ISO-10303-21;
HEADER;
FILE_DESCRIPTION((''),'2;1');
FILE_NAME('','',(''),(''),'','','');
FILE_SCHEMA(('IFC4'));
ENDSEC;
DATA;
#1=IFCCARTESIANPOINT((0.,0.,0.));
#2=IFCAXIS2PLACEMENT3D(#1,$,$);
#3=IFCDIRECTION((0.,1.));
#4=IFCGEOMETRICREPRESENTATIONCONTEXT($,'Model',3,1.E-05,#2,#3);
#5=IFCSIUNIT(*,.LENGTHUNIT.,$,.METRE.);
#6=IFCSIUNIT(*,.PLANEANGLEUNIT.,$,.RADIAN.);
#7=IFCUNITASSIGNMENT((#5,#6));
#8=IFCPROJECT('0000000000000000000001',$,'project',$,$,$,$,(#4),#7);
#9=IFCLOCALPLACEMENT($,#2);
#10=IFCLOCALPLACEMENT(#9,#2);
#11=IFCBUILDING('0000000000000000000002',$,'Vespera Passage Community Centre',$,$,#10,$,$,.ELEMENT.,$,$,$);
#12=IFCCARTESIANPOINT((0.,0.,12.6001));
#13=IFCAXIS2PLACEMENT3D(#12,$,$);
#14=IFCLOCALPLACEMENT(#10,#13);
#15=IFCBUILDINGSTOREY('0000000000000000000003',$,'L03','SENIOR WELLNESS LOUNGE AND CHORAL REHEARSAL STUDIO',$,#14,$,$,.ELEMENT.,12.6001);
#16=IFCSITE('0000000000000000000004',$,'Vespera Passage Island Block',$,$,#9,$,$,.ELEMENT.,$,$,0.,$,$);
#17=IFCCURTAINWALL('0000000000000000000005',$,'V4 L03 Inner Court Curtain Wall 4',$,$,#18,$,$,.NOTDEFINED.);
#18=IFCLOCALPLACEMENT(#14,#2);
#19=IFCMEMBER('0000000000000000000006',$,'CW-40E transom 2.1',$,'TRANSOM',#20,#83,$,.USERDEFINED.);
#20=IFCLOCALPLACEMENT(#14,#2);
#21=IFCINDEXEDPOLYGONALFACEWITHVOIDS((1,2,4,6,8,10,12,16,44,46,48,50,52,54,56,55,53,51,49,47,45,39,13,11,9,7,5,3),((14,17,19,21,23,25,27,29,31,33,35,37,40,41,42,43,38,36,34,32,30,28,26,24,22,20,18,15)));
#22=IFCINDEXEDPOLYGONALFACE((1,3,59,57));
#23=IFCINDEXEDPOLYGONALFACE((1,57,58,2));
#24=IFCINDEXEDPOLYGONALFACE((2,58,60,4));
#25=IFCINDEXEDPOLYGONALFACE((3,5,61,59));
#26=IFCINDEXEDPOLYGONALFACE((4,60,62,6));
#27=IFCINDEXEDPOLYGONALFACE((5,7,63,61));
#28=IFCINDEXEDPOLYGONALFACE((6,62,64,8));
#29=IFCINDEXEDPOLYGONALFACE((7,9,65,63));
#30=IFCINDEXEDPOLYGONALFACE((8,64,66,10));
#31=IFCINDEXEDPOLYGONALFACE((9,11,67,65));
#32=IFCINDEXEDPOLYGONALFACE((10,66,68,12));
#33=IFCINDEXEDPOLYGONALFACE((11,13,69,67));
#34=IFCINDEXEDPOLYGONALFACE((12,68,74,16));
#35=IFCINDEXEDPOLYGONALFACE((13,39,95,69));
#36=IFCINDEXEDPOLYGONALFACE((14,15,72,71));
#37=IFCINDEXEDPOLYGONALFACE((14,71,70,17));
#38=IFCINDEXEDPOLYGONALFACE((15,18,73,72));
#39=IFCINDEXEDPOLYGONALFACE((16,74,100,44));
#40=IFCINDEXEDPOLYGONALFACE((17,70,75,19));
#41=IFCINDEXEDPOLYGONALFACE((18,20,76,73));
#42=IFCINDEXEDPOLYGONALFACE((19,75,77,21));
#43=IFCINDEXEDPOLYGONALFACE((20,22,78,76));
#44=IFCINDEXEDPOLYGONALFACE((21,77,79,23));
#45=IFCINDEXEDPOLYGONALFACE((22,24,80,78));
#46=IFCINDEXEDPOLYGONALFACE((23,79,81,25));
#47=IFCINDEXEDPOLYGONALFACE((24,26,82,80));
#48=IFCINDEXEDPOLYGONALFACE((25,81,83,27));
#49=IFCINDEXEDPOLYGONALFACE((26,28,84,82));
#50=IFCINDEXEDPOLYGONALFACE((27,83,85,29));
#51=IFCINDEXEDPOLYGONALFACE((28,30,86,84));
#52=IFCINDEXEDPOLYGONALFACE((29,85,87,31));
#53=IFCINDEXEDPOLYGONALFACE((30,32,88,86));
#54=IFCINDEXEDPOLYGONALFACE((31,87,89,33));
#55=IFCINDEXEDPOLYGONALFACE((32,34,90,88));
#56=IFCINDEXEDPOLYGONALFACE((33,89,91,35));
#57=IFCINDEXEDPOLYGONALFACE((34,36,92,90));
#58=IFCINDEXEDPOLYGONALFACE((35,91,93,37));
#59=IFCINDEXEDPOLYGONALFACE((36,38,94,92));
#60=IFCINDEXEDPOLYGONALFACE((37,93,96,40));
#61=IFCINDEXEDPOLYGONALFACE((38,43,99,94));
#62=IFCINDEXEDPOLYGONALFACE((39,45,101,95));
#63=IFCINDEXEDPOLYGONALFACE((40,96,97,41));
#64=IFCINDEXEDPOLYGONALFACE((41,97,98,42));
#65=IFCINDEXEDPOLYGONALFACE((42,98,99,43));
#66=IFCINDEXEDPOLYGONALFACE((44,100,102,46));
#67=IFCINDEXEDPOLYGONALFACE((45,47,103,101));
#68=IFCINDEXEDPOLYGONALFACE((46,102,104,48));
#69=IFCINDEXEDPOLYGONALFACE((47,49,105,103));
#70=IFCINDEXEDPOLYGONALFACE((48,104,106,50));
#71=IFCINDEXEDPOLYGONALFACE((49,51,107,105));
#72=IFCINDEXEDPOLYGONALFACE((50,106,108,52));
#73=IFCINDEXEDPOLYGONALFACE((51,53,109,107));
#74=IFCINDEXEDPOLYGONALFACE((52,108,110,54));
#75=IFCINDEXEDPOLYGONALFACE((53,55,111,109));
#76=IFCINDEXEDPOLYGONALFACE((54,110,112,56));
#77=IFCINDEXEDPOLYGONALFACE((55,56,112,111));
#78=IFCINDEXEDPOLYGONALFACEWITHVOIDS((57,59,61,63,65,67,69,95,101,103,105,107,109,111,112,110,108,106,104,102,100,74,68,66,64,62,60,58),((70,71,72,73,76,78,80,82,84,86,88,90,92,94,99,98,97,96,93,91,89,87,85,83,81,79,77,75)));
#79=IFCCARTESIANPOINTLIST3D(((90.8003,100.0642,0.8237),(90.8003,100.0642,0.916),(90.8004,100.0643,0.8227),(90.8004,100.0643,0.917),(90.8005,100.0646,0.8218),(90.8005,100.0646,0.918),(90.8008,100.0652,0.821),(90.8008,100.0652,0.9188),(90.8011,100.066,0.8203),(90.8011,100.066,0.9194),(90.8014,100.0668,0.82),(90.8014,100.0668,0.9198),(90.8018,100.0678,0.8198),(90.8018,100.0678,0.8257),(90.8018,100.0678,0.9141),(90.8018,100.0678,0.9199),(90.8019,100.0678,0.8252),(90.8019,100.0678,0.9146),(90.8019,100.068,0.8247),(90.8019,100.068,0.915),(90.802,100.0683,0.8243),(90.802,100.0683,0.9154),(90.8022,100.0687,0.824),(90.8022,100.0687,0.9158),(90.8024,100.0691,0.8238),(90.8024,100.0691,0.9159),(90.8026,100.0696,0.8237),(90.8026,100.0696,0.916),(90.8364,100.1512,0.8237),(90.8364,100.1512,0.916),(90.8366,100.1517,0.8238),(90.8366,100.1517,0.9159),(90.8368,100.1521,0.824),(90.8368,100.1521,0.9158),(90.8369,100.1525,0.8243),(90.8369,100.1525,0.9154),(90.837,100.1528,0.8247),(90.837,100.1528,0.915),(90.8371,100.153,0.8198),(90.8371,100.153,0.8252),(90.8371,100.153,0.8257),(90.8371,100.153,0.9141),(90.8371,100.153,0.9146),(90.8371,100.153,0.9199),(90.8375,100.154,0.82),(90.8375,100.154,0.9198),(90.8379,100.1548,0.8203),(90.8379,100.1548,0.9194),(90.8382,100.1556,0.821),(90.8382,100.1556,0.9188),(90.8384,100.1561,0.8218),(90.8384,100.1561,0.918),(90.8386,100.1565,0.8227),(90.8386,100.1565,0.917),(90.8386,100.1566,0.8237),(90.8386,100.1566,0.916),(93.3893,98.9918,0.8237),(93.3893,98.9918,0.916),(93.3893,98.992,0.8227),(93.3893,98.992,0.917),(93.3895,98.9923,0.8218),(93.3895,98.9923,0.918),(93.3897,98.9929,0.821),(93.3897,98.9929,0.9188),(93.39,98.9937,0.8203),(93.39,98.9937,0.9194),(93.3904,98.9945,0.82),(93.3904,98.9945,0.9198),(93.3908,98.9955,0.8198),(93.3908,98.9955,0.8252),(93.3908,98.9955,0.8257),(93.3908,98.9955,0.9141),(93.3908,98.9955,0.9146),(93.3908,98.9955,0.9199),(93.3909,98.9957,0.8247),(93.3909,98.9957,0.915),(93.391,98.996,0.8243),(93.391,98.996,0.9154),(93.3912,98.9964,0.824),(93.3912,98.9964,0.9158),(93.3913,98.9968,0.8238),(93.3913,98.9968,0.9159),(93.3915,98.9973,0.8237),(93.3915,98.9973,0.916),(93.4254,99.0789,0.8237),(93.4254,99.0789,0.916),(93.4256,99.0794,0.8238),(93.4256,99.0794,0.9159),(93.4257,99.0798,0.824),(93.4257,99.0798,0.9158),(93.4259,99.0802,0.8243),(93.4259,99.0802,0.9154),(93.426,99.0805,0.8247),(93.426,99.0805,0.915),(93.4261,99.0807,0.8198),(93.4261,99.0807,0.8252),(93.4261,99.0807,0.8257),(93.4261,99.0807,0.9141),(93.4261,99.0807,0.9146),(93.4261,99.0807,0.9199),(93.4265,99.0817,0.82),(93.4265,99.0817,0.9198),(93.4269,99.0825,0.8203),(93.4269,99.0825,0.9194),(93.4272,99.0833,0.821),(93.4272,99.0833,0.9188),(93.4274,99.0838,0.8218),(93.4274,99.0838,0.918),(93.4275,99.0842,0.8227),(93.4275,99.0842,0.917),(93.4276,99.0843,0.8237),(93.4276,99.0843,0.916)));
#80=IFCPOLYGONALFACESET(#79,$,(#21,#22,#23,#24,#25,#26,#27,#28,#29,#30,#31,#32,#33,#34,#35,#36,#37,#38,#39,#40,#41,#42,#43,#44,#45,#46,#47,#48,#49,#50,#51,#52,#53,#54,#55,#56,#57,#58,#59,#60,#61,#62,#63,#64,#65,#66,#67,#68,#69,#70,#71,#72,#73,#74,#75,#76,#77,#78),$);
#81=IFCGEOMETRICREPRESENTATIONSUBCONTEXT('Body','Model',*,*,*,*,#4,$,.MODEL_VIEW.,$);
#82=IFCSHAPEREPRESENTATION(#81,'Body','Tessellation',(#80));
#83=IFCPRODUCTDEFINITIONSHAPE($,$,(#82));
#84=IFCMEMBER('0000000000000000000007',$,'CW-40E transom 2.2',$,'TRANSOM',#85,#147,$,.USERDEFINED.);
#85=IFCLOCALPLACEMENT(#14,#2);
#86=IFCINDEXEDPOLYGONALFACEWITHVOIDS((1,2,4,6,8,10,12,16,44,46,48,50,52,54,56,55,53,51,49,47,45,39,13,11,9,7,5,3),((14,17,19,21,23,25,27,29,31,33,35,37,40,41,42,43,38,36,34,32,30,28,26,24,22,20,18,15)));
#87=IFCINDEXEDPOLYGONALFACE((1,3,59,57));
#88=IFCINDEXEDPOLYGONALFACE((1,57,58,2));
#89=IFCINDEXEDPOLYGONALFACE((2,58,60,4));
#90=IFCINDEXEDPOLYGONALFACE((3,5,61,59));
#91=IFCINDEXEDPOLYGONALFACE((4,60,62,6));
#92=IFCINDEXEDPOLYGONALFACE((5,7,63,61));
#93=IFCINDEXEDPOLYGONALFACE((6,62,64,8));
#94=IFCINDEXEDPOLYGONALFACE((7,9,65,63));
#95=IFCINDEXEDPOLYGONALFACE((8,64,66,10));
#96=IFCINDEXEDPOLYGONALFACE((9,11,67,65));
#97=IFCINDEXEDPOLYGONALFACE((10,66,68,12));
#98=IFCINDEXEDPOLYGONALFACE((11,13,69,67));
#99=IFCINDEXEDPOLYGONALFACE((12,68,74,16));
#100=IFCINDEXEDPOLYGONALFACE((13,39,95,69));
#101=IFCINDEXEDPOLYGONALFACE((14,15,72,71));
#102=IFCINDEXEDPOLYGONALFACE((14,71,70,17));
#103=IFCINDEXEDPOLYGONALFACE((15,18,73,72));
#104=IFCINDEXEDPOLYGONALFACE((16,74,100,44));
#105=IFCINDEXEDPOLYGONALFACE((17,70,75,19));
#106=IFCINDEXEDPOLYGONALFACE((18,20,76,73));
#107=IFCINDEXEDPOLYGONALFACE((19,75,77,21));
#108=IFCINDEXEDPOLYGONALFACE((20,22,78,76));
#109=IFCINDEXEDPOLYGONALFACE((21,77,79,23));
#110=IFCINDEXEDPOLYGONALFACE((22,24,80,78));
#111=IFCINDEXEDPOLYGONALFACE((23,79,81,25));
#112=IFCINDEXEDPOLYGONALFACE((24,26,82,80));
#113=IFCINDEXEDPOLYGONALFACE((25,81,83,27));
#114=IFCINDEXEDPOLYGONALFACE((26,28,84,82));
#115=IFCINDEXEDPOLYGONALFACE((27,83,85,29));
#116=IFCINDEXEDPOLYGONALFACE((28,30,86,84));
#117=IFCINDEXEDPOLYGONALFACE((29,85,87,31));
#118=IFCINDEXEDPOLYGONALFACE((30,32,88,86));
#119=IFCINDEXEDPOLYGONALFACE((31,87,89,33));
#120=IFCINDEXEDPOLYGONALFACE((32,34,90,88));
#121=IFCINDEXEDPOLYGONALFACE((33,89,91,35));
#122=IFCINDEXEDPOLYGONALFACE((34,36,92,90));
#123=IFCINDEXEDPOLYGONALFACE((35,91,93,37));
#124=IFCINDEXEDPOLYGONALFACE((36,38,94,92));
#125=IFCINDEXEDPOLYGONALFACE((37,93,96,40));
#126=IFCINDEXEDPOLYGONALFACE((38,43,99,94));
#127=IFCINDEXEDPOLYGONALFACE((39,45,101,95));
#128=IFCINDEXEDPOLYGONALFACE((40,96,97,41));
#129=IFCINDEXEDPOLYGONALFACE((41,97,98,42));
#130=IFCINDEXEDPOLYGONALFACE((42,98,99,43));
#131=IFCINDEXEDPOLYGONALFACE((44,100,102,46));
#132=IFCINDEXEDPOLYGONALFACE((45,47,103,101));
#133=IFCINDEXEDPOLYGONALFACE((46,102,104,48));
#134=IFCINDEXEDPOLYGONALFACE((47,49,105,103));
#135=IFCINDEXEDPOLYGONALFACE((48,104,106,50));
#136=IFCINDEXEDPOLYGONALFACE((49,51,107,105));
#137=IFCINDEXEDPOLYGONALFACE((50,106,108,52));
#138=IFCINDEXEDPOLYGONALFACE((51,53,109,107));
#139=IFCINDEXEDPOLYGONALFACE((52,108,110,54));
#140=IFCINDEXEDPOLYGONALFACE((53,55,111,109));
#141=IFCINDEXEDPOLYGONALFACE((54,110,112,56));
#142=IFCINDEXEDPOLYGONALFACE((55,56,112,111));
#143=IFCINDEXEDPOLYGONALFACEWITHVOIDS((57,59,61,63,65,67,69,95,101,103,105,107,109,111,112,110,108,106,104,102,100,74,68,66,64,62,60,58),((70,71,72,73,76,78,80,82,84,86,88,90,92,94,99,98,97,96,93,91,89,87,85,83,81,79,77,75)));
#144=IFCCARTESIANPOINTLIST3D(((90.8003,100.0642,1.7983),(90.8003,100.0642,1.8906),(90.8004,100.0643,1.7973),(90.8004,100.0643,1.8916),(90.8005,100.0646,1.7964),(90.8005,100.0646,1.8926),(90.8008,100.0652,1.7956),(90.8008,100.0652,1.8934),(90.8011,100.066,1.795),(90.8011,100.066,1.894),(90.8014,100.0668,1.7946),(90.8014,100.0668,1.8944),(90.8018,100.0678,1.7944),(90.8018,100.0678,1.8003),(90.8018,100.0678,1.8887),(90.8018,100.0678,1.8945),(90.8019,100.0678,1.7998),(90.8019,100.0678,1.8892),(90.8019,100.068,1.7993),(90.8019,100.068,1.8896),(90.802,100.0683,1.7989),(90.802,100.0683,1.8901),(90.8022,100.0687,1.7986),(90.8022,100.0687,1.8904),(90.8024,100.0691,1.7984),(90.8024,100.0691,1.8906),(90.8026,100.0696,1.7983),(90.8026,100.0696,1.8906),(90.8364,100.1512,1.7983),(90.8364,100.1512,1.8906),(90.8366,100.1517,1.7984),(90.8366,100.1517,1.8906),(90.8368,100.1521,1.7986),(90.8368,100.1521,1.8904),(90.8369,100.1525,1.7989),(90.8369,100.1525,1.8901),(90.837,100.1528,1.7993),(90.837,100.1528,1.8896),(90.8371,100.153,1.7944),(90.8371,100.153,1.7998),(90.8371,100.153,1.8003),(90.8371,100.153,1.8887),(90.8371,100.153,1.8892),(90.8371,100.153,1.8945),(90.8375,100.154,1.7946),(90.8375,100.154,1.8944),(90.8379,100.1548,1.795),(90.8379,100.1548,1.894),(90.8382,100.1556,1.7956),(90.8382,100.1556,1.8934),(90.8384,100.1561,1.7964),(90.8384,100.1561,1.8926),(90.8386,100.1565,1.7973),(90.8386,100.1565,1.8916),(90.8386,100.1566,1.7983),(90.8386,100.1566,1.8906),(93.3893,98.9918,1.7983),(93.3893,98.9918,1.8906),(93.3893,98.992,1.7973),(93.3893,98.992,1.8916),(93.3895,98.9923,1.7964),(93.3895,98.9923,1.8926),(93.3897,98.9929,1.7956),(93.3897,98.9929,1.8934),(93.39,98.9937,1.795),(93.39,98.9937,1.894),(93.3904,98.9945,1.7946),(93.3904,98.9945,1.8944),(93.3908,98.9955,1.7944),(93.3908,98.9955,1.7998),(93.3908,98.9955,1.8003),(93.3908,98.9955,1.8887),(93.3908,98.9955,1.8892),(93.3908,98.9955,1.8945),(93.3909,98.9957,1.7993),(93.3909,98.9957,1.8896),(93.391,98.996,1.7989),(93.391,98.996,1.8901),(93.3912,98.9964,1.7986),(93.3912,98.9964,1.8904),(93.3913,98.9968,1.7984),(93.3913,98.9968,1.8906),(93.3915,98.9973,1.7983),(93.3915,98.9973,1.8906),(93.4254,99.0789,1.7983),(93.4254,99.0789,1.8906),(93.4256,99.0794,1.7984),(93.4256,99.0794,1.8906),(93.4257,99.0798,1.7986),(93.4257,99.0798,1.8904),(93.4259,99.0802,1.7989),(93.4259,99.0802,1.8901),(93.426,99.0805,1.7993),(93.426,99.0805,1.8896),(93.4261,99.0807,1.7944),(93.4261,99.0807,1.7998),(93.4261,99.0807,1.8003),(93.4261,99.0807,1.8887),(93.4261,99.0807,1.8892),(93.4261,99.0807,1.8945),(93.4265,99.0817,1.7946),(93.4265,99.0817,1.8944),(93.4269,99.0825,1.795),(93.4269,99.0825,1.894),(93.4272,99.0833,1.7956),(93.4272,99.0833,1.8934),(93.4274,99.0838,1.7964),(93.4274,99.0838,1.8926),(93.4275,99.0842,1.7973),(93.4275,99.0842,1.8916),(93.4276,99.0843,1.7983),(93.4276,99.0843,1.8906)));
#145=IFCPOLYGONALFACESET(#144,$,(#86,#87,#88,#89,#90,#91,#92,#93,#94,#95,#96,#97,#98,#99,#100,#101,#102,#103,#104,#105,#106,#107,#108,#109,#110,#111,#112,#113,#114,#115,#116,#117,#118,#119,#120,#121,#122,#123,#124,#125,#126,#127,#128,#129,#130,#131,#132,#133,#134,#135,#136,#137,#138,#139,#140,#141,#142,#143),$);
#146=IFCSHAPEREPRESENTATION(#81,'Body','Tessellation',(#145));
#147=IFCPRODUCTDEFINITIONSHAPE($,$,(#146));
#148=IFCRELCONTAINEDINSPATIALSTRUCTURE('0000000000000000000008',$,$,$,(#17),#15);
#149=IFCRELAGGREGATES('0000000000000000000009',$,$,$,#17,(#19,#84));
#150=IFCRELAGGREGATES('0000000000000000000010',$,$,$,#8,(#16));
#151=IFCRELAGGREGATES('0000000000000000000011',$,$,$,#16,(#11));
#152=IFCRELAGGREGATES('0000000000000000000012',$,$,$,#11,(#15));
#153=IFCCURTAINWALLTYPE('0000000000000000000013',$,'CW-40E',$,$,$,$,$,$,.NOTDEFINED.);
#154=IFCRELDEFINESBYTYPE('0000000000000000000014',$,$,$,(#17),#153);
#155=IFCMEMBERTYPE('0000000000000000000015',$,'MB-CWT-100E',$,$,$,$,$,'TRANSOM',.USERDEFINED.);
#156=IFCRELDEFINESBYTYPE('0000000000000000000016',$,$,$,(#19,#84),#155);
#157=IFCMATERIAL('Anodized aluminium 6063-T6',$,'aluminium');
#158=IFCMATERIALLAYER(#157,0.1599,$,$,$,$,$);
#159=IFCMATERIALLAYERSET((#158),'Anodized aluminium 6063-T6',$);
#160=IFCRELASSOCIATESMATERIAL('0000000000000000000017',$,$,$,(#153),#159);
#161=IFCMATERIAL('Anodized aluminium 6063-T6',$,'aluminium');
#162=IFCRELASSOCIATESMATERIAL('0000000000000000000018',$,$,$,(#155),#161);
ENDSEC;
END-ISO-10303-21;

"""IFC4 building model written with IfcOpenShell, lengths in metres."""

from ifc_helpers import new_model, si_unit, direction, frame, origin, origin_2d, place, context, subcontext, project, spatial, hollow_rectangle, extrude, material, layer, layer_set, material_profile, profile_set, type_object, element, aggregate, save


model = new_model("IFC4")

# Units and contexts
model_context = context("Model", 3, precision=1e-05, world=origin(), true_north=direction((0.0, 1.0)))
body_context = subcontext(model_context, "Body", "Model", "MODEL_VIEW")
ifc_project = project(units=[si_unit("LENGTHUNIT", "METRE"), si_unit("PLANEANGLEUNIT", "RADIAN")], contexts=[model_context])

# Site, building, storey
site_placement = place(None, origin())
site = spatial("IfcSite", under=ifc_project, at=site_placement, Name="Vespera Passage Island Block", CompositionType="ELEMENT", RefElevation=0.0)
building_placement = place(site_placement, origin())
building = spatial("IfcBuilding", under=site, at=building_placement, Name="Vespera Passage Community Centre", CompositionType="ELEMENT")
storey_placement = place(building_placement, frame((0.0, 0.0, 12.6001)))
storey = spatial("IfcBuildingStorey", under=building, at=storey_placement, Name="L03", Description="SENIOR WELLNESS LOUNGE AND CHORAL REHEARSAL STUDIO", CompositionType="ELEMENT", Elevation=12.6001)

# Curtain wall, members
ifc_material_1 = material(Name="Anodized aluminium 6063-T6", Category="aluminium")
ifc_layer_1 = layer(ifc_material_1, 0.1599)
ifc_layer_set_1 = layer_set([ifc_layer_1], Name="Anodized aluminium 6063-T6")
curtain_wall_type = type_object("IfcCurtainWallType", Name="CW-40E", PredefinedType="NOTDEFINED", material=ifc_layer_set_1)
curtain_wall_placement = place(storey_placement, origin())
curtain_wall = element("IfcCurtainWall", 1, at=curtain_wall_placement, inside=storey, type_object=curtain_wall_type, Name="V4 L03 Inner Court Curtain Wall 4", PredefinedType="NOTDEFINED")
ifc_material_2 = material(Name="Anodized aluminium 6063-T6", Category="aluminium")
ifc_material_profile_1 = material_profile(ifc_material_2, hollow_rectangle(XDim=0.1001, YDim=0.1001, WallThickness=0.0039, InnerFilletRadius=0.002, OuterFilletRadius=0.0039, at=origin_2d()), Name="ALU100X100X4")
ifc_profile_set_1 = profile_set([ifc_material_profile_1], Name="Anodized aluminium 6063-T6")
member_type_1 = type_object("IfcMemberType", Name="MB-CWT-100E", ElementType="TRANSOM", PredefinedType="USERDEFINED", material=ifc_profile_set_1)
member_1_placement = place(storey_placement, frame((93.4084, 99.0381, 0.8699), z_axis=(-0.923889, 0.38266, 0.0), x_axis=(-0.38266, -0.923889, 0.0)))
member_1 = element("IfcMember", 2, at=member_1_placement, type_object=member_type_1, Name="CW-40E transom 2.1", ObjectType="TRANSOM", PredefinedType="USERDEFINED", context=body_context, shape_type="SweptSolid", body=[
    extrude(hollow_rectangle(XDim=0.1001, YDim=0.1001, WallThickness=0.0039, InnerFilletRadius=0.002, OuterFilletRadius=0.0039, at=origin_2d()), origin(), (0.0, 0.0, 1.0), 2.8022),
])
member_2_placement = place(storey_placement, frame((93.4084, 99.0381, 1.8445), z_axis=(-0.923889, 0.38266, 0.0), x_axis=(-0.38266, -0.923889, 0.0)))
member_2 = element("IfcMember", 3, at=member_2_placement, type_object=member_type_1, Name="CW-40E transom 2.2", ObjectType="TRANSOM", PredefinedType="USERDEFINED", context=body_context, shape_type="SweptSolid", body=[
    extrude(hollow_rectangle(XDim=0.1001, YDim=0.1001, WallThickness=0.0039, InnerFilletRadius=0.002, OuterFilletRadius=0.0039, at=origin_2d()), origin(), (0.0, 0.0, 1.0), 2.8022),
])
aggregate(curtain_wall, [member_1, member_2])

save(model, "model.ifc")
